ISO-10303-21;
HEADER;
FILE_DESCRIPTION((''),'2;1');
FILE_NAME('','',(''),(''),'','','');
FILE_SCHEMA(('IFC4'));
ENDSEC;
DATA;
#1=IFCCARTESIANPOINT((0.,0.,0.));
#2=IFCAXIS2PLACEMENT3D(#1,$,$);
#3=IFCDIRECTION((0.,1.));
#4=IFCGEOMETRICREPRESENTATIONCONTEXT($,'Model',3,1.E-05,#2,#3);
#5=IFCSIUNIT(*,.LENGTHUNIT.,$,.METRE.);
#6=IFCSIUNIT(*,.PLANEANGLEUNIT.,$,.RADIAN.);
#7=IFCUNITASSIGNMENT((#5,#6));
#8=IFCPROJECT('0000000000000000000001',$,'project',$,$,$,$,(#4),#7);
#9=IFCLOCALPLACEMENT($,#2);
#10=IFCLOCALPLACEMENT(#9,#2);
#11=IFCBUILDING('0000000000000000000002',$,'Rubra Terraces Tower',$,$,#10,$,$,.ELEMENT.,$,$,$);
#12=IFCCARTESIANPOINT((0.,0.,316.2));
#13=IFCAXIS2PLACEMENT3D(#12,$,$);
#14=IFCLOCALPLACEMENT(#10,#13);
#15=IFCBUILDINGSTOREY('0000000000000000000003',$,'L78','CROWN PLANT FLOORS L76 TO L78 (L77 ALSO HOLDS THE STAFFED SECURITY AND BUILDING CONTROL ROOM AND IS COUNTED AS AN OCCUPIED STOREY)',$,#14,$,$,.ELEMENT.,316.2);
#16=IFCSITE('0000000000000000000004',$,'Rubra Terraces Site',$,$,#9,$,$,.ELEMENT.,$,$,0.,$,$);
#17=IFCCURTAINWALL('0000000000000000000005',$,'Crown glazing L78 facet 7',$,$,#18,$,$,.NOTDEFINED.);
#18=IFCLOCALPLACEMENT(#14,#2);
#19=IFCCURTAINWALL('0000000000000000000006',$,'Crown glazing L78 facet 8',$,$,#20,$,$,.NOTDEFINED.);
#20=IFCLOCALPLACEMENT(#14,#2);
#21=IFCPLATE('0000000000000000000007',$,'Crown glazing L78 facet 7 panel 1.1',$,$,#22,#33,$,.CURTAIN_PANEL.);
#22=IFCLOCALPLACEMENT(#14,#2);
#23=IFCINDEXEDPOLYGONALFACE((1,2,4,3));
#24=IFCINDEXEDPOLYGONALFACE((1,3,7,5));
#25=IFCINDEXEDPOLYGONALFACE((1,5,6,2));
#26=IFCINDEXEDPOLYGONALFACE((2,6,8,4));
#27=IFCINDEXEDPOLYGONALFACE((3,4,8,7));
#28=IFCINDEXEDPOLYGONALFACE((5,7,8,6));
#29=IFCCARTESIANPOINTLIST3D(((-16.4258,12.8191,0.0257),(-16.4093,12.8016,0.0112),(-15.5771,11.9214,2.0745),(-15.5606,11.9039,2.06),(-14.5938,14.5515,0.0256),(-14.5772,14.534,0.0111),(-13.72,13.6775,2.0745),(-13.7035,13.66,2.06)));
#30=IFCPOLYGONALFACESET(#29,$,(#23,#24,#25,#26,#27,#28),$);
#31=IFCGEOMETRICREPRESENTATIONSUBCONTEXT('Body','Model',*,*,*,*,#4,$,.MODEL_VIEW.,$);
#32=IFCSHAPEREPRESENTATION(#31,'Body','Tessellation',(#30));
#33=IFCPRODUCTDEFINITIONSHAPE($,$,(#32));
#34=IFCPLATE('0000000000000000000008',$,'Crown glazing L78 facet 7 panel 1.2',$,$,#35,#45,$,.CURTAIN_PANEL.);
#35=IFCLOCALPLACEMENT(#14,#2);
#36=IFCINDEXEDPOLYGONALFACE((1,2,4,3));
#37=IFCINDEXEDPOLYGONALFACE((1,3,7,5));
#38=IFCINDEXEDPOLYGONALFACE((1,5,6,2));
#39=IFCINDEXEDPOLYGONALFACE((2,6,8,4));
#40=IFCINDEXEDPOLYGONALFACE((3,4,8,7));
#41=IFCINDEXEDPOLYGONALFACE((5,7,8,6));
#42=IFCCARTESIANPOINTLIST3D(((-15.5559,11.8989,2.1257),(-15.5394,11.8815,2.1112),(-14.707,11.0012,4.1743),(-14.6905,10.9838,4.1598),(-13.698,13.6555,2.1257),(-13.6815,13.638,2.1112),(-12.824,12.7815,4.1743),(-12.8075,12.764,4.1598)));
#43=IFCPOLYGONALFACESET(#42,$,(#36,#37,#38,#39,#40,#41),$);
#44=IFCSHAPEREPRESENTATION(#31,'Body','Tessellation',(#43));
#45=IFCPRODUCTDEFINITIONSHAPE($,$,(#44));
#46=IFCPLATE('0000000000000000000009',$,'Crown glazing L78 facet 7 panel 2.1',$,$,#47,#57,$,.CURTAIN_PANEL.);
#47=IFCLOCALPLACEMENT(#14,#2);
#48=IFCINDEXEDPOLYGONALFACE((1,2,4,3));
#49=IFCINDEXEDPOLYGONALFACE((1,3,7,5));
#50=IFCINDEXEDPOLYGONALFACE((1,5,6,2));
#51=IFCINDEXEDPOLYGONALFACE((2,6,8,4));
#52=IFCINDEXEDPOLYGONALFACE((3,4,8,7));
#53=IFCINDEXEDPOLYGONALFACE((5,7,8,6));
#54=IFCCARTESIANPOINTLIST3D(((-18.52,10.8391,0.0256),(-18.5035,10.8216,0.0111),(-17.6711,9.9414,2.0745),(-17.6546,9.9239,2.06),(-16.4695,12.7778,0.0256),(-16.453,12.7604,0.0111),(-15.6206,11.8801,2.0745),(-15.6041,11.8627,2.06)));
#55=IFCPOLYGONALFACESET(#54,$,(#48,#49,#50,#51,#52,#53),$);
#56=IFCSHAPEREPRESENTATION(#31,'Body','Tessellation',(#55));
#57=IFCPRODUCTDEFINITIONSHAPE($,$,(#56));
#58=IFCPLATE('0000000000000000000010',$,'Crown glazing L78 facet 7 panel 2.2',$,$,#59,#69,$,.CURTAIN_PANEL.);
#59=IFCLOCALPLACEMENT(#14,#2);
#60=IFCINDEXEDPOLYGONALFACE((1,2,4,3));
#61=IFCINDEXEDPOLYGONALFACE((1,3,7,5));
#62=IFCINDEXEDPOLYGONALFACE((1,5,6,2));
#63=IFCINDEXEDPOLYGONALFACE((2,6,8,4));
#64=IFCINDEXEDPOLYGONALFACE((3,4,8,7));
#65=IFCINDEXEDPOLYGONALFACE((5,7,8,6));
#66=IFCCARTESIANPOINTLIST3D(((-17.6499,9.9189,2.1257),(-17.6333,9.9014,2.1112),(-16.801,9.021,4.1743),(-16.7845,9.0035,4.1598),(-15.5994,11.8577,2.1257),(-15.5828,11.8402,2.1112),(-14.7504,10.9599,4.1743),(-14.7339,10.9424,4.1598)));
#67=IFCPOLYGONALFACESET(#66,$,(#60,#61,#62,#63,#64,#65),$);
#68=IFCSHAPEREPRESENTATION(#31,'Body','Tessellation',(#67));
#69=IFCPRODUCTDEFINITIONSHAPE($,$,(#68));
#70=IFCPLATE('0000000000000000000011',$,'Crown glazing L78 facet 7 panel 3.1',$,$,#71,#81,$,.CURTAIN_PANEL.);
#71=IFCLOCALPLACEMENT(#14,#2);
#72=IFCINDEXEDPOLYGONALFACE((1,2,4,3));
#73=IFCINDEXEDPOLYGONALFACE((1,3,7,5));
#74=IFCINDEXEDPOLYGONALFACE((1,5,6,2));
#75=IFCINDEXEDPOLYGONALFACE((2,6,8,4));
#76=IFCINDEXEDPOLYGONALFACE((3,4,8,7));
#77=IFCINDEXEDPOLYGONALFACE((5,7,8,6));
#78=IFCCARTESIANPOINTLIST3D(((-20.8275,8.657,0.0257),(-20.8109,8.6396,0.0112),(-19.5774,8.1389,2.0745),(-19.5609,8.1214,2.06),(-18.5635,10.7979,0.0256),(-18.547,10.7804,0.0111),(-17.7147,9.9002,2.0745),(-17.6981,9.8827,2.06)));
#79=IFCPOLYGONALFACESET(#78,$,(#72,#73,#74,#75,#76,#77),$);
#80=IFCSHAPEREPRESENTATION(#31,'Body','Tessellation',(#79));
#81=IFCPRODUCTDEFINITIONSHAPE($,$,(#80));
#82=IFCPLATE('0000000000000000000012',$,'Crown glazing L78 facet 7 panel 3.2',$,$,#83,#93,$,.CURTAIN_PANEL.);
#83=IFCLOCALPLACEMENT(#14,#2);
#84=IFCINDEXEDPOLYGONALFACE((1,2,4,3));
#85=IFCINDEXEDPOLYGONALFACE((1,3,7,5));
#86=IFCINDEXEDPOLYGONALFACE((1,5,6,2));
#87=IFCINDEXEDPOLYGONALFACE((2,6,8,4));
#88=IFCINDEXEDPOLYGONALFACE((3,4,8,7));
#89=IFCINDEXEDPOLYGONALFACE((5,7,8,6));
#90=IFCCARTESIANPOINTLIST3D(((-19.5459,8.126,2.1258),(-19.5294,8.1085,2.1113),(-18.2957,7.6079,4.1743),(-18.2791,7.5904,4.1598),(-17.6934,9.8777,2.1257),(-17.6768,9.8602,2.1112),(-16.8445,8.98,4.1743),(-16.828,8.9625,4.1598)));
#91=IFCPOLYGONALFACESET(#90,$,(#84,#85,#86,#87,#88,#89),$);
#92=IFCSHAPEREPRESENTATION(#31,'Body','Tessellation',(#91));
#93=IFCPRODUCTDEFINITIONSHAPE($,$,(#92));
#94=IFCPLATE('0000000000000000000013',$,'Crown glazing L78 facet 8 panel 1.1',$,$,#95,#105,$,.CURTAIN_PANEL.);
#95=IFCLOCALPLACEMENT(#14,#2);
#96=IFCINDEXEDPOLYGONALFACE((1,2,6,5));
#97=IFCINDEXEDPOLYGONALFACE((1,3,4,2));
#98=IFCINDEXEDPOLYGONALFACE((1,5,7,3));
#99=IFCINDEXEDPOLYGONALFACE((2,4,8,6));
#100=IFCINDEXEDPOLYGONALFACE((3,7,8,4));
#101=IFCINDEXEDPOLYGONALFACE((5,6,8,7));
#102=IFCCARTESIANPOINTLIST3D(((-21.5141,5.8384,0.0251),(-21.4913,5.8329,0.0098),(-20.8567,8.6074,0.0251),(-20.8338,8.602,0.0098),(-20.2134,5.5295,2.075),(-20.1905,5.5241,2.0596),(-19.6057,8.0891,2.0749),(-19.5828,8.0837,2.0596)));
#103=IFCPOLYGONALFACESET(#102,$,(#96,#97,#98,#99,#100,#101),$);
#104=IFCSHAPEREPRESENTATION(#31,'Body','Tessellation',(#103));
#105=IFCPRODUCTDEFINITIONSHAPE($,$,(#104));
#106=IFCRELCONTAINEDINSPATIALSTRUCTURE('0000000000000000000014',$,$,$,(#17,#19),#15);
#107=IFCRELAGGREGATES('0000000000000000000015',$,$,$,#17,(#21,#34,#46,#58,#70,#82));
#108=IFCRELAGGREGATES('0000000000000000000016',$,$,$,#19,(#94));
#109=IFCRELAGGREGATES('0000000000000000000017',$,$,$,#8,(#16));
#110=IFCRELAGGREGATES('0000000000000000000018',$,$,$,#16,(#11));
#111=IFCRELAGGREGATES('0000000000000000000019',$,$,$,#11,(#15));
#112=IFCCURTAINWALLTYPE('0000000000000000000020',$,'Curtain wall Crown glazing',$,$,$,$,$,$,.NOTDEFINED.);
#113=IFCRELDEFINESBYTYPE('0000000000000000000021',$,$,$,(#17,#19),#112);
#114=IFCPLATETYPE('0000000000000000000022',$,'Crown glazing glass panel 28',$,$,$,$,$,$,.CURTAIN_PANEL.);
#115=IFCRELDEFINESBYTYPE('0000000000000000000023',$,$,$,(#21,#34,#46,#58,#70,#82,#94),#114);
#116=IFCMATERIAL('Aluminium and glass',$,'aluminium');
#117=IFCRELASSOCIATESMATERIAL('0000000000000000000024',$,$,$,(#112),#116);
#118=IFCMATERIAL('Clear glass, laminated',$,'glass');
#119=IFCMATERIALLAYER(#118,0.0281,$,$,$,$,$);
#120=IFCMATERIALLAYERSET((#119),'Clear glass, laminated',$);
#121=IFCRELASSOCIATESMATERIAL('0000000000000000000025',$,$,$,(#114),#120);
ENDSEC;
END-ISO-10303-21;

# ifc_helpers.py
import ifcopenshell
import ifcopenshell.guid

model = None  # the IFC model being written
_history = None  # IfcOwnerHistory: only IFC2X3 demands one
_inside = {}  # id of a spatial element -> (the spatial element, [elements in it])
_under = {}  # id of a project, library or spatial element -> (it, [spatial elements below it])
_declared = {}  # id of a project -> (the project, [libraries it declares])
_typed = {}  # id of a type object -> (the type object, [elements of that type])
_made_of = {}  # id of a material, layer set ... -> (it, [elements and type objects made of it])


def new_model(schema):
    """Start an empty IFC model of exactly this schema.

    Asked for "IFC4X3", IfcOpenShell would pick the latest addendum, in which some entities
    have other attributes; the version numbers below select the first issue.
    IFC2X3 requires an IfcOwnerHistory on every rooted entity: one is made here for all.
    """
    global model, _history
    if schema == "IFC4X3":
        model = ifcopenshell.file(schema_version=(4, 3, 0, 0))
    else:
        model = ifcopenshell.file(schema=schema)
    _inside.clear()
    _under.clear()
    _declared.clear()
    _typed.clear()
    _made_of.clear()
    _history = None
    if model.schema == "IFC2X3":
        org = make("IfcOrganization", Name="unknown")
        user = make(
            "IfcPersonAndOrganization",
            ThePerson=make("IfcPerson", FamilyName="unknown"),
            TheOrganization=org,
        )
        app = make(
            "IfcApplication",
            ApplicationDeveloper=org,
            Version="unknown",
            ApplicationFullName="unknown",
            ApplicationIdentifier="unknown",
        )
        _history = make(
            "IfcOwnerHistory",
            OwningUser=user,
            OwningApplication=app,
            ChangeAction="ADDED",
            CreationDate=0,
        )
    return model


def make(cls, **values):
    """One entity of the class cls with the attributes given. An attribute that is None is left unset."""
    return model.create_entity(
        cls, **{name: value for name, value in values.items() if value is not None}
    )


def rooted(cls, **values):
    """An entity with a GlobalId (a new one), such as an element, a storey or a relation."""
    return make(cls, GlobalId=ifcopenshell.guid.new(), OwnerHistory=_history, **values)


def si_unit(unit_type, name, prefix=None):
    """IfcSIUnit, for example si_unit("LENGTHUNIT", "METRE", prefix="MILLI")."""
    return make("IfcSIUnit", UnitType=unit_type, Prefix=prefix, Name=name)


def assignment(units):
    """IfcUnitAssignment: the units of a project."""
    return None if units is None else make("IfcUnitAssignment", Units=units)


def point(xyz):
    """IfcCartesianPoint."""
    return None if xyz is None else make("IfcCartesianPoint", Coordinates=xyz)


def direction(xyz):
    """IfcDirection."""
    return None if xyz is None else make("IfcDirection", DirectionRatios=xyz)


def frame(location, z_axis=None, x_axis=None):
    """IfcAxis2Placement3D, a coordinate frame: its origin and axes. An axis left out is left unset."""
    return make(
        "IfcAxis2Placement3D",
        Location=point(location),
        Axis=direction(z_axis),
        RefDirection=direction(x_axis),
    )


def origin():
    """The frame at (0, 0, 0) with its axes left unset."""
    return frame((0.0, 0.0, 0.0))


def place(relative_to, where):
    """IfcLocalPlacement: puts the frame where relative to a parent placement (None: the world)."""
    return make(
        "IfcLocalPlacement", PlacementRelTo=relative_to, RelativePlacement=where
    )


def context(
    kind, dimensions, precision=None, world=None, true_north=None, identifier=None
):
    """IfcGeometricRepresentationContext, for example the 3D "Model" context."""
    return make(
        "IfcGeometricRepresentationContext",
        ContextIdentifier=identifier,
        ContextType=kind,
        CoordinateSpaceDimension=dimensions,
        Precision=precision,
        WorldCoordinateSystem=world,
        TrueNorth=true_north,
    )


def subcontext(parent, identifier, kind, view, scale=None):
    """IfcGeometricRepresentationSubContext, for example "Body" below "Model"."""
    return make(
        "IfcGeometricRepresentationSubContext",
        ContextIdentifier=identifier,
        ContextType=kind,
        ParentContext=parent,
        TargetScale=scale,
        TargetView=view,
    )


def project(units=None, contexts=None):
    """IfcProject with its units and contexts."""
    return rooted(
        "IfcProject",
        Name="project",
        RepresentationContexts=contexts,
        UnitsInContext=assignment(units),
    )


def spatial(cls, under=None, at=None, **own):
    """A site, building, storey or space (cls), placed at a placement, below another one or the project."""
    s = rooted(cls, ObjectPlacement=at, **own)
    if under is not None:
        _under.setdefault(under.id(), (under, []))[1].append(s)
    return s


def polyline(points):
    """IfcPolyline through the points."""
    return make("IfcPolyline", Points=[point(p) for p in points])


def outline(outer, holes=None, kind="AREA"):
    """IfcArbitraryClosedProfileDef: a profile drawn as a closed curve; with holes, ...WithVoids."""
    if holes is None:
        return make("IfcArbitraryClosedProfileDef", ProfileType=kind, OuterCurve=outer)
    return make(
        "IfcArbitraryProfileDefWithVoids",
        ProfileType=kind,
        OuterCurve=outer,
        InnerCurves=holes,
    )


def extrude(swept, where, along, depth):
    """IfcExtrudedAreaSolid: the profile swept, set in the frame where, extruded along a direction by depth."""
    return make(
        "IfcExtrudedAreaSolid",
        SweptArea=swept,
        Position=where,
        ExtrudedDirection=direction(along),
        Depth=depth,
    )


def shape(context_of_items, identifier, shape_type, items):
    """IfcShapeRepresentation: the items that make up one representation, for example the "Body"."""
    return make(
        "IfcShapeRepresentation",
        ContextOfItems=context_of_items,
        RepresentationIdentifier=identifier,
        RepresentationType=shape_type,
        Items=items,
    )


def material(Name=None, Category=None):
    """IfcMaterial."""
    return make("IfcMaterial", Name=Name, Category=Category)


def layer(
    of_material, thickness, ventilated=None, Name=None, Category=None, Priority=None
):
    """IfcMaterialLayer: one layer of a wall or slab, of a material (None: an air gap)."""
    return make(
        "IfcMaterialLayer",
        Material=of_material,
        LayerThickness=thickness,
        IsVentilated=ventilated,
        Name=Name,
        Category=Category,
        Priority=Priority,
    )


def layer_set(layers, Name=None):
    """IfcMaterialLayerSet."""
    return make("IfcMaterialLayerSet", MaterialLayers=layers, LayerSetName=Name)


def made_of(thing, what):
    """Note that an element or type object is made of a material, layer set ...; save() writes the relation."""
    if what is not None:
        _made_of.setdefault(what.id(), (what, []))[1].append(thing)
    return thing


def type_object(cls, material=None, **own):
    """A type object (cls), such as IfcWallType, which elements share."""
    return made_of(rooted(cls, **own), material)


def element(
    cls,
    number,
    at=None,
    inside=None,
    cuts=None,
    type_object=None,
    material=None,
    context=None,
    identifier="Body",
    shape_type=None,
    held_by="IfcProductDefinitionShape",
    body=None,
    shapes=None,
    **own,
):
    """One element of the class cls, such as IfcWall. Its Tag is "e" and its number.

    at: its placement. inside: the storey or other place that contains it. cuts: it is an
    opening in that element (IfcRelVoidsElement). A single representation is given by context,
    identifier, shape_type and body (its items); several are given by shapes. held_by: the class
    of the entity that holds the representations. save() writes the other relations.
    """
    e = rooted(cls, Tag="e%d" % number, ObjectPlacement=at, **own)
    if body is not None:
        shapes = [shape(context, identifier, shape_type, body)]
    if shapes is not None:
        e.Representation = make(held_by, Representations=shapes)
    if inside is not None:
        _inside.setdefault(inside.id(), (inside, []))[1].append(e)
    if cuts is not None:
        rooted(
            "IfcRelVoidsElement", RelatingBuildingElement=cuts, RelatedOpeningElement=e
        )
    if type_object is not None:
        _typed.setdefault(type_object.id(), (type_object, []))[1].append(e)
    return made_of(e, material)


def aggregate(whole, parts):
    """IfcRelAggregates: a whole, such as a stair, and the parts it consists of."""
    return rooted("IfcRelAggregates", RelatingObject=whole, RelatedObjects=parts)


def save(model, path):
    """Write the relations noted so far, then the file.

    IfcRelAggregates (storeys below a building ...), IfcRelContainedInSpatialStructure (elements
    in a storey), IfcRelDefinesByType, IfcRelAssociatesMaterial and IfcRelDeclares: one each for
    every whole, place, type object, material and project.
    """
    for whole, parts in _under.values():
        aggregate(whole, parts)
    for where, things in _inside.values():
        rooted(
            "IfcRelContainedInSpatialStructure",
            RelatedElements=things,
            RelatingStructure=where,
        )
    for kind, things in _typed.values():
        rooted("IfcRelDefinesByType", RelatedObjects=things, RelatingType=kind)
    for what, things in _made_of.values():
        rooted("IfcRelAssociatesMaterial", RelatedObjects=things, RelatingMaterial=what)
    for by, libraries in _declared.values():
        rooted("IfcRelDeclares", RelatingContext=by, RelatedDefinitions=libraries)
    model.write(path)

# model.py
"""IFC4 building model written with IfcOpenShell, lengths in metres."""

from ifc_helpers import new_model, si_unit, direction, frame, origin, place, context, subcontext, project, spatial, polyline, outline, extrude, material, layer, layer_set, type_object, element, aggregate, save


model = new_model("IFC4")

# Units and contexts
model_context = context("Model", 3, precision=1e-05, world=origin(), true_north=direction((0.0, 1.0)))
body_context = subcontext(model_context, "Body", "Model", "MODEL_VIEW")
ifc_project = project(units=[si_unit("LENGTHUNIT", "METRE"), si_unit("PLANEANGLEUNIT", "RADIAN")], contexts=[model_context])

# Site, building, storey
site_placement = place(None, origin())
site = spatial("IfcSite", under=ifc_project, at=site_placement, Name="Rubra Terraces Site", CompositionType="ELEMENT", RefElevation=0.0)
building_placement = place(site_placement, origin())
building = spatial("IfcBuilding", under=site, at=building_placement, Name="Rubra Terraces Tower", CompositionType="ELEMENT")
storey_placement = place(building_placement, frame((0.0, 0.0, 316.2)))
storey = spatial("IfcBuildingStorey", under=building, at=storey_placement, Name="L78", Description="CROWN PLANT FLOORS L76 TO L78 (L77 ALSO HOLDS THE STAFFED SECURITY AND BUILDING CONTROL ROOM AND IS COUNTED AS AN OCCUPIED STOREY)", CompositionType="ELEMENT", Elevation=316.2)

# Curtain wall
ifc_material_1 = material(Name="Aluminium and glass", Category="aluminium")
curtain_wall_type = type_object("IfcCurtainWallType", Name="Curtain wall Crown glazing", PredefinedType="NOTDEFINED", material=ifc_material_1)
curtain_wall_1_placement = place(storey_placement, origin())
curtain_wall_1 = element("IfcCurtainWall", 1, at=curtain_wall_1_placement, inside=storey, type_object=curtain_wall_type, Name="Crown glazing L78 facet 7", PredefinedType="NOTDEFINED")

# Curtain wall
curtain_wall_2_placement = place(storey_placement, origin())
curtain_wall_2 = element("IfcCurtainWall", 2, at=curtain_wall_2_placement, inside=storey, type_object=curtain_wall_type, Name="Crown glazing L78 facet 8", PredefinedType="NOTDEFINED")

# Plates
ifc_material_2 = material(Name="Clear glass, laminated", Category="glass")
ifc_layer_1 = layer(ifc_material_2, 0.0281)
ifc_layer_set_1 = layer_set([ifc_layer_1], Name="Clear glass, laminated")
plate_type = type_object("IfcPlateType", Name="Crown glazing glass panel 28", PredefinedType="CURTAIN_PANEL", material=ifc_layer_set_1)
plate_1_placement = place(storey_placement, frame((-14.5938, 14.5515, 0.0256), z_axis=(-0.588385, 0.622233, 0.516361), x_axis=(-0.72659, -0.687071, 0.000006)))
plate_1 = element("IfcPlate", 3, at=plate_1_placement, type_object=plate_type, Name="Crown glazing L78 facet 7 panel 1.1", PredefinedType="CURTAIN_PANEL", context=body_context, shape_type="SweptSolid", body=[
    extrude(outline(polyline([(0.0, 0.0), (2.5214, 0.0), (2.5216, 2.3924), (-0.0344, 2.3925), (0.0, 0.0)])), origin(), (0.0, 0.0, -1.0), 0.0281),
])
plate_2_placement = place(storey_placement, frame((-13.698, 13.6555, 2.1257), z_axis=(-0.588293, 0.622241, 0.516457), x_axis=(-0.726649, -0.687009, 0.000006)))
plate_2 = element("IfcPlate", 4, at=plate_2_placement, type_object=plate_type, Name="Crown glazing L78 facet 7 panel 1.2", PredefinedType="CURTAIN_PANEL", context=body_context, shape_type="SweptSolid", body=[
    extrude(outline(polyline([(0.0, 0.0), (2.5568, 0.0), (2.5568, 2.3923), (-0.0346, 2.3923), (0.0, 0.0)])), origin(), (0.0, 0.0, -1.0), 0.0281),
])
plate_3_placement = place(storey_placement, frame((-16.4695, 12.7778, 0.0256), z_axis=(-0.588325, 0.622257, 0.516402), x_axis=(-0.726641, -0.687017, 0.0)))
plate_3 = element("IfcPlate", 5, at=plate_3_placement, type_object=plate_type, Name="Crown glazing L78 facet 7 panel 2.1", PredefinedType="CURTAIN_PANEL", context=body_context, shape_type="SweptSolid", body=[
    extrude(outline(polyline([(0.0, 0.0), (2.8219, 0.0), (2.8218, 2.3925), (-0.0001, 2.3925), (0.0, 0.0)])), origin(), (0.0, 0.0, -1.0), 0.0281),
])
plate_4_placement = place(storey_placement, frame((-15.5994, 11.8577, 2.1257), z_axis=(-0.588314, 0.622206, 0.516474), x_axis=(-0.726625, -0.687034, -0.000014)))
plate_4 = element("IfcPlate", 6, at=plate_4_placement, type_object=plate_type, Name="Crown glazing L78 facet 7 panel 2.2", PredefinedType="CURTAIN_PANEL", context=body_context, shape_type="SweptSolid", body=[
    extrude(outline(polyline([(0.0, 0.0), (2.8219, 0.0), (2.822, 2.3924), (-0.0001, 2.3923), (0.0, 0.0)])), origin(), (0.0, 0.0, -1.0), 0.0281),
])
plate_5_placement = place(storey_placement, frame((-18.5635, 10.7979, 0.0256), z_axis=(-0.588374, 0.622242, 0.516363), x_axis=(-0.726597, -0.687064, 0.000018)))
plate_5 = element("IfcPlate", 7, at=plate_5_placement, type_object=plate_type, Name="Crown glazing L78 facet 7 panel 3.1", PredefinedType="CURTAIN_PANEL", context=body_context, shape_type="SweptSolid", body=[
    extrude(outline(polyline([(0.0, 0.0), (3.1159, 0.0), (2.5636, 2.3924), (0.0, 2.3925), (0.0, 0.0)])), origin(), (0.0, 0.0, -1.0), 0.0281),
])
plate_6_placement = place(storey_placement, frame((-17.6934, 9.8777, 2.1257), z_axis=(-0.588334, 0.622222, 0.516432), x_axis=(-0.726613, -0.687046, 0.000008)))
plate_6 = element("IfcPlate", 8, at=plate_6_placement, type_object=plate_type, Name="Crown glazing L78 facet 7 panel 3.2", PredefinedType="CURTAIN_PANEL", context=body_context, shape_type="SweptSolid", body=[
    extrude(outline(polyline([(0.0, 0.0), (2.5496, 0.0), (1.9971, 2.3923), (0.0, 2.3923), (0.0, 0.0)])), origin(), (0.0, 0.0, -1.0), 0.0281),
])
aggregate(curtain_wall_1, [plate_1, plate_2, plate_3, plate_4, plate_5, plate_6])
plate_7_placement = place(storey_placement, frame((-20.8567, 8.6074, 0.0251), z_axis=(-0.814942, 0.193486, 0.54629), x_axis=(-0.231005, -0.972952, -0.000006)))
plate_7 = element("IfcPlate", 9, at=plate_7_placement, type_object=plate_type, Name="Crown glazing L78 facet 8 panel 1.1", PredefinedType="CURTAIN_PANEL", context=body_context, shape_type="SweptSolid", body=[
    extrude(outline(polyline([(0.0, 0.0), (2.846, 0.0), (2.846, 2.4473), (0.2153, 2.4472), (0.0, 0.0)])), origin(), (0.0, 0.0, -1.0), 0.0281),
])
aggregate(curtain_wall_2, [plate_7])

save(model, "model.ifc")
